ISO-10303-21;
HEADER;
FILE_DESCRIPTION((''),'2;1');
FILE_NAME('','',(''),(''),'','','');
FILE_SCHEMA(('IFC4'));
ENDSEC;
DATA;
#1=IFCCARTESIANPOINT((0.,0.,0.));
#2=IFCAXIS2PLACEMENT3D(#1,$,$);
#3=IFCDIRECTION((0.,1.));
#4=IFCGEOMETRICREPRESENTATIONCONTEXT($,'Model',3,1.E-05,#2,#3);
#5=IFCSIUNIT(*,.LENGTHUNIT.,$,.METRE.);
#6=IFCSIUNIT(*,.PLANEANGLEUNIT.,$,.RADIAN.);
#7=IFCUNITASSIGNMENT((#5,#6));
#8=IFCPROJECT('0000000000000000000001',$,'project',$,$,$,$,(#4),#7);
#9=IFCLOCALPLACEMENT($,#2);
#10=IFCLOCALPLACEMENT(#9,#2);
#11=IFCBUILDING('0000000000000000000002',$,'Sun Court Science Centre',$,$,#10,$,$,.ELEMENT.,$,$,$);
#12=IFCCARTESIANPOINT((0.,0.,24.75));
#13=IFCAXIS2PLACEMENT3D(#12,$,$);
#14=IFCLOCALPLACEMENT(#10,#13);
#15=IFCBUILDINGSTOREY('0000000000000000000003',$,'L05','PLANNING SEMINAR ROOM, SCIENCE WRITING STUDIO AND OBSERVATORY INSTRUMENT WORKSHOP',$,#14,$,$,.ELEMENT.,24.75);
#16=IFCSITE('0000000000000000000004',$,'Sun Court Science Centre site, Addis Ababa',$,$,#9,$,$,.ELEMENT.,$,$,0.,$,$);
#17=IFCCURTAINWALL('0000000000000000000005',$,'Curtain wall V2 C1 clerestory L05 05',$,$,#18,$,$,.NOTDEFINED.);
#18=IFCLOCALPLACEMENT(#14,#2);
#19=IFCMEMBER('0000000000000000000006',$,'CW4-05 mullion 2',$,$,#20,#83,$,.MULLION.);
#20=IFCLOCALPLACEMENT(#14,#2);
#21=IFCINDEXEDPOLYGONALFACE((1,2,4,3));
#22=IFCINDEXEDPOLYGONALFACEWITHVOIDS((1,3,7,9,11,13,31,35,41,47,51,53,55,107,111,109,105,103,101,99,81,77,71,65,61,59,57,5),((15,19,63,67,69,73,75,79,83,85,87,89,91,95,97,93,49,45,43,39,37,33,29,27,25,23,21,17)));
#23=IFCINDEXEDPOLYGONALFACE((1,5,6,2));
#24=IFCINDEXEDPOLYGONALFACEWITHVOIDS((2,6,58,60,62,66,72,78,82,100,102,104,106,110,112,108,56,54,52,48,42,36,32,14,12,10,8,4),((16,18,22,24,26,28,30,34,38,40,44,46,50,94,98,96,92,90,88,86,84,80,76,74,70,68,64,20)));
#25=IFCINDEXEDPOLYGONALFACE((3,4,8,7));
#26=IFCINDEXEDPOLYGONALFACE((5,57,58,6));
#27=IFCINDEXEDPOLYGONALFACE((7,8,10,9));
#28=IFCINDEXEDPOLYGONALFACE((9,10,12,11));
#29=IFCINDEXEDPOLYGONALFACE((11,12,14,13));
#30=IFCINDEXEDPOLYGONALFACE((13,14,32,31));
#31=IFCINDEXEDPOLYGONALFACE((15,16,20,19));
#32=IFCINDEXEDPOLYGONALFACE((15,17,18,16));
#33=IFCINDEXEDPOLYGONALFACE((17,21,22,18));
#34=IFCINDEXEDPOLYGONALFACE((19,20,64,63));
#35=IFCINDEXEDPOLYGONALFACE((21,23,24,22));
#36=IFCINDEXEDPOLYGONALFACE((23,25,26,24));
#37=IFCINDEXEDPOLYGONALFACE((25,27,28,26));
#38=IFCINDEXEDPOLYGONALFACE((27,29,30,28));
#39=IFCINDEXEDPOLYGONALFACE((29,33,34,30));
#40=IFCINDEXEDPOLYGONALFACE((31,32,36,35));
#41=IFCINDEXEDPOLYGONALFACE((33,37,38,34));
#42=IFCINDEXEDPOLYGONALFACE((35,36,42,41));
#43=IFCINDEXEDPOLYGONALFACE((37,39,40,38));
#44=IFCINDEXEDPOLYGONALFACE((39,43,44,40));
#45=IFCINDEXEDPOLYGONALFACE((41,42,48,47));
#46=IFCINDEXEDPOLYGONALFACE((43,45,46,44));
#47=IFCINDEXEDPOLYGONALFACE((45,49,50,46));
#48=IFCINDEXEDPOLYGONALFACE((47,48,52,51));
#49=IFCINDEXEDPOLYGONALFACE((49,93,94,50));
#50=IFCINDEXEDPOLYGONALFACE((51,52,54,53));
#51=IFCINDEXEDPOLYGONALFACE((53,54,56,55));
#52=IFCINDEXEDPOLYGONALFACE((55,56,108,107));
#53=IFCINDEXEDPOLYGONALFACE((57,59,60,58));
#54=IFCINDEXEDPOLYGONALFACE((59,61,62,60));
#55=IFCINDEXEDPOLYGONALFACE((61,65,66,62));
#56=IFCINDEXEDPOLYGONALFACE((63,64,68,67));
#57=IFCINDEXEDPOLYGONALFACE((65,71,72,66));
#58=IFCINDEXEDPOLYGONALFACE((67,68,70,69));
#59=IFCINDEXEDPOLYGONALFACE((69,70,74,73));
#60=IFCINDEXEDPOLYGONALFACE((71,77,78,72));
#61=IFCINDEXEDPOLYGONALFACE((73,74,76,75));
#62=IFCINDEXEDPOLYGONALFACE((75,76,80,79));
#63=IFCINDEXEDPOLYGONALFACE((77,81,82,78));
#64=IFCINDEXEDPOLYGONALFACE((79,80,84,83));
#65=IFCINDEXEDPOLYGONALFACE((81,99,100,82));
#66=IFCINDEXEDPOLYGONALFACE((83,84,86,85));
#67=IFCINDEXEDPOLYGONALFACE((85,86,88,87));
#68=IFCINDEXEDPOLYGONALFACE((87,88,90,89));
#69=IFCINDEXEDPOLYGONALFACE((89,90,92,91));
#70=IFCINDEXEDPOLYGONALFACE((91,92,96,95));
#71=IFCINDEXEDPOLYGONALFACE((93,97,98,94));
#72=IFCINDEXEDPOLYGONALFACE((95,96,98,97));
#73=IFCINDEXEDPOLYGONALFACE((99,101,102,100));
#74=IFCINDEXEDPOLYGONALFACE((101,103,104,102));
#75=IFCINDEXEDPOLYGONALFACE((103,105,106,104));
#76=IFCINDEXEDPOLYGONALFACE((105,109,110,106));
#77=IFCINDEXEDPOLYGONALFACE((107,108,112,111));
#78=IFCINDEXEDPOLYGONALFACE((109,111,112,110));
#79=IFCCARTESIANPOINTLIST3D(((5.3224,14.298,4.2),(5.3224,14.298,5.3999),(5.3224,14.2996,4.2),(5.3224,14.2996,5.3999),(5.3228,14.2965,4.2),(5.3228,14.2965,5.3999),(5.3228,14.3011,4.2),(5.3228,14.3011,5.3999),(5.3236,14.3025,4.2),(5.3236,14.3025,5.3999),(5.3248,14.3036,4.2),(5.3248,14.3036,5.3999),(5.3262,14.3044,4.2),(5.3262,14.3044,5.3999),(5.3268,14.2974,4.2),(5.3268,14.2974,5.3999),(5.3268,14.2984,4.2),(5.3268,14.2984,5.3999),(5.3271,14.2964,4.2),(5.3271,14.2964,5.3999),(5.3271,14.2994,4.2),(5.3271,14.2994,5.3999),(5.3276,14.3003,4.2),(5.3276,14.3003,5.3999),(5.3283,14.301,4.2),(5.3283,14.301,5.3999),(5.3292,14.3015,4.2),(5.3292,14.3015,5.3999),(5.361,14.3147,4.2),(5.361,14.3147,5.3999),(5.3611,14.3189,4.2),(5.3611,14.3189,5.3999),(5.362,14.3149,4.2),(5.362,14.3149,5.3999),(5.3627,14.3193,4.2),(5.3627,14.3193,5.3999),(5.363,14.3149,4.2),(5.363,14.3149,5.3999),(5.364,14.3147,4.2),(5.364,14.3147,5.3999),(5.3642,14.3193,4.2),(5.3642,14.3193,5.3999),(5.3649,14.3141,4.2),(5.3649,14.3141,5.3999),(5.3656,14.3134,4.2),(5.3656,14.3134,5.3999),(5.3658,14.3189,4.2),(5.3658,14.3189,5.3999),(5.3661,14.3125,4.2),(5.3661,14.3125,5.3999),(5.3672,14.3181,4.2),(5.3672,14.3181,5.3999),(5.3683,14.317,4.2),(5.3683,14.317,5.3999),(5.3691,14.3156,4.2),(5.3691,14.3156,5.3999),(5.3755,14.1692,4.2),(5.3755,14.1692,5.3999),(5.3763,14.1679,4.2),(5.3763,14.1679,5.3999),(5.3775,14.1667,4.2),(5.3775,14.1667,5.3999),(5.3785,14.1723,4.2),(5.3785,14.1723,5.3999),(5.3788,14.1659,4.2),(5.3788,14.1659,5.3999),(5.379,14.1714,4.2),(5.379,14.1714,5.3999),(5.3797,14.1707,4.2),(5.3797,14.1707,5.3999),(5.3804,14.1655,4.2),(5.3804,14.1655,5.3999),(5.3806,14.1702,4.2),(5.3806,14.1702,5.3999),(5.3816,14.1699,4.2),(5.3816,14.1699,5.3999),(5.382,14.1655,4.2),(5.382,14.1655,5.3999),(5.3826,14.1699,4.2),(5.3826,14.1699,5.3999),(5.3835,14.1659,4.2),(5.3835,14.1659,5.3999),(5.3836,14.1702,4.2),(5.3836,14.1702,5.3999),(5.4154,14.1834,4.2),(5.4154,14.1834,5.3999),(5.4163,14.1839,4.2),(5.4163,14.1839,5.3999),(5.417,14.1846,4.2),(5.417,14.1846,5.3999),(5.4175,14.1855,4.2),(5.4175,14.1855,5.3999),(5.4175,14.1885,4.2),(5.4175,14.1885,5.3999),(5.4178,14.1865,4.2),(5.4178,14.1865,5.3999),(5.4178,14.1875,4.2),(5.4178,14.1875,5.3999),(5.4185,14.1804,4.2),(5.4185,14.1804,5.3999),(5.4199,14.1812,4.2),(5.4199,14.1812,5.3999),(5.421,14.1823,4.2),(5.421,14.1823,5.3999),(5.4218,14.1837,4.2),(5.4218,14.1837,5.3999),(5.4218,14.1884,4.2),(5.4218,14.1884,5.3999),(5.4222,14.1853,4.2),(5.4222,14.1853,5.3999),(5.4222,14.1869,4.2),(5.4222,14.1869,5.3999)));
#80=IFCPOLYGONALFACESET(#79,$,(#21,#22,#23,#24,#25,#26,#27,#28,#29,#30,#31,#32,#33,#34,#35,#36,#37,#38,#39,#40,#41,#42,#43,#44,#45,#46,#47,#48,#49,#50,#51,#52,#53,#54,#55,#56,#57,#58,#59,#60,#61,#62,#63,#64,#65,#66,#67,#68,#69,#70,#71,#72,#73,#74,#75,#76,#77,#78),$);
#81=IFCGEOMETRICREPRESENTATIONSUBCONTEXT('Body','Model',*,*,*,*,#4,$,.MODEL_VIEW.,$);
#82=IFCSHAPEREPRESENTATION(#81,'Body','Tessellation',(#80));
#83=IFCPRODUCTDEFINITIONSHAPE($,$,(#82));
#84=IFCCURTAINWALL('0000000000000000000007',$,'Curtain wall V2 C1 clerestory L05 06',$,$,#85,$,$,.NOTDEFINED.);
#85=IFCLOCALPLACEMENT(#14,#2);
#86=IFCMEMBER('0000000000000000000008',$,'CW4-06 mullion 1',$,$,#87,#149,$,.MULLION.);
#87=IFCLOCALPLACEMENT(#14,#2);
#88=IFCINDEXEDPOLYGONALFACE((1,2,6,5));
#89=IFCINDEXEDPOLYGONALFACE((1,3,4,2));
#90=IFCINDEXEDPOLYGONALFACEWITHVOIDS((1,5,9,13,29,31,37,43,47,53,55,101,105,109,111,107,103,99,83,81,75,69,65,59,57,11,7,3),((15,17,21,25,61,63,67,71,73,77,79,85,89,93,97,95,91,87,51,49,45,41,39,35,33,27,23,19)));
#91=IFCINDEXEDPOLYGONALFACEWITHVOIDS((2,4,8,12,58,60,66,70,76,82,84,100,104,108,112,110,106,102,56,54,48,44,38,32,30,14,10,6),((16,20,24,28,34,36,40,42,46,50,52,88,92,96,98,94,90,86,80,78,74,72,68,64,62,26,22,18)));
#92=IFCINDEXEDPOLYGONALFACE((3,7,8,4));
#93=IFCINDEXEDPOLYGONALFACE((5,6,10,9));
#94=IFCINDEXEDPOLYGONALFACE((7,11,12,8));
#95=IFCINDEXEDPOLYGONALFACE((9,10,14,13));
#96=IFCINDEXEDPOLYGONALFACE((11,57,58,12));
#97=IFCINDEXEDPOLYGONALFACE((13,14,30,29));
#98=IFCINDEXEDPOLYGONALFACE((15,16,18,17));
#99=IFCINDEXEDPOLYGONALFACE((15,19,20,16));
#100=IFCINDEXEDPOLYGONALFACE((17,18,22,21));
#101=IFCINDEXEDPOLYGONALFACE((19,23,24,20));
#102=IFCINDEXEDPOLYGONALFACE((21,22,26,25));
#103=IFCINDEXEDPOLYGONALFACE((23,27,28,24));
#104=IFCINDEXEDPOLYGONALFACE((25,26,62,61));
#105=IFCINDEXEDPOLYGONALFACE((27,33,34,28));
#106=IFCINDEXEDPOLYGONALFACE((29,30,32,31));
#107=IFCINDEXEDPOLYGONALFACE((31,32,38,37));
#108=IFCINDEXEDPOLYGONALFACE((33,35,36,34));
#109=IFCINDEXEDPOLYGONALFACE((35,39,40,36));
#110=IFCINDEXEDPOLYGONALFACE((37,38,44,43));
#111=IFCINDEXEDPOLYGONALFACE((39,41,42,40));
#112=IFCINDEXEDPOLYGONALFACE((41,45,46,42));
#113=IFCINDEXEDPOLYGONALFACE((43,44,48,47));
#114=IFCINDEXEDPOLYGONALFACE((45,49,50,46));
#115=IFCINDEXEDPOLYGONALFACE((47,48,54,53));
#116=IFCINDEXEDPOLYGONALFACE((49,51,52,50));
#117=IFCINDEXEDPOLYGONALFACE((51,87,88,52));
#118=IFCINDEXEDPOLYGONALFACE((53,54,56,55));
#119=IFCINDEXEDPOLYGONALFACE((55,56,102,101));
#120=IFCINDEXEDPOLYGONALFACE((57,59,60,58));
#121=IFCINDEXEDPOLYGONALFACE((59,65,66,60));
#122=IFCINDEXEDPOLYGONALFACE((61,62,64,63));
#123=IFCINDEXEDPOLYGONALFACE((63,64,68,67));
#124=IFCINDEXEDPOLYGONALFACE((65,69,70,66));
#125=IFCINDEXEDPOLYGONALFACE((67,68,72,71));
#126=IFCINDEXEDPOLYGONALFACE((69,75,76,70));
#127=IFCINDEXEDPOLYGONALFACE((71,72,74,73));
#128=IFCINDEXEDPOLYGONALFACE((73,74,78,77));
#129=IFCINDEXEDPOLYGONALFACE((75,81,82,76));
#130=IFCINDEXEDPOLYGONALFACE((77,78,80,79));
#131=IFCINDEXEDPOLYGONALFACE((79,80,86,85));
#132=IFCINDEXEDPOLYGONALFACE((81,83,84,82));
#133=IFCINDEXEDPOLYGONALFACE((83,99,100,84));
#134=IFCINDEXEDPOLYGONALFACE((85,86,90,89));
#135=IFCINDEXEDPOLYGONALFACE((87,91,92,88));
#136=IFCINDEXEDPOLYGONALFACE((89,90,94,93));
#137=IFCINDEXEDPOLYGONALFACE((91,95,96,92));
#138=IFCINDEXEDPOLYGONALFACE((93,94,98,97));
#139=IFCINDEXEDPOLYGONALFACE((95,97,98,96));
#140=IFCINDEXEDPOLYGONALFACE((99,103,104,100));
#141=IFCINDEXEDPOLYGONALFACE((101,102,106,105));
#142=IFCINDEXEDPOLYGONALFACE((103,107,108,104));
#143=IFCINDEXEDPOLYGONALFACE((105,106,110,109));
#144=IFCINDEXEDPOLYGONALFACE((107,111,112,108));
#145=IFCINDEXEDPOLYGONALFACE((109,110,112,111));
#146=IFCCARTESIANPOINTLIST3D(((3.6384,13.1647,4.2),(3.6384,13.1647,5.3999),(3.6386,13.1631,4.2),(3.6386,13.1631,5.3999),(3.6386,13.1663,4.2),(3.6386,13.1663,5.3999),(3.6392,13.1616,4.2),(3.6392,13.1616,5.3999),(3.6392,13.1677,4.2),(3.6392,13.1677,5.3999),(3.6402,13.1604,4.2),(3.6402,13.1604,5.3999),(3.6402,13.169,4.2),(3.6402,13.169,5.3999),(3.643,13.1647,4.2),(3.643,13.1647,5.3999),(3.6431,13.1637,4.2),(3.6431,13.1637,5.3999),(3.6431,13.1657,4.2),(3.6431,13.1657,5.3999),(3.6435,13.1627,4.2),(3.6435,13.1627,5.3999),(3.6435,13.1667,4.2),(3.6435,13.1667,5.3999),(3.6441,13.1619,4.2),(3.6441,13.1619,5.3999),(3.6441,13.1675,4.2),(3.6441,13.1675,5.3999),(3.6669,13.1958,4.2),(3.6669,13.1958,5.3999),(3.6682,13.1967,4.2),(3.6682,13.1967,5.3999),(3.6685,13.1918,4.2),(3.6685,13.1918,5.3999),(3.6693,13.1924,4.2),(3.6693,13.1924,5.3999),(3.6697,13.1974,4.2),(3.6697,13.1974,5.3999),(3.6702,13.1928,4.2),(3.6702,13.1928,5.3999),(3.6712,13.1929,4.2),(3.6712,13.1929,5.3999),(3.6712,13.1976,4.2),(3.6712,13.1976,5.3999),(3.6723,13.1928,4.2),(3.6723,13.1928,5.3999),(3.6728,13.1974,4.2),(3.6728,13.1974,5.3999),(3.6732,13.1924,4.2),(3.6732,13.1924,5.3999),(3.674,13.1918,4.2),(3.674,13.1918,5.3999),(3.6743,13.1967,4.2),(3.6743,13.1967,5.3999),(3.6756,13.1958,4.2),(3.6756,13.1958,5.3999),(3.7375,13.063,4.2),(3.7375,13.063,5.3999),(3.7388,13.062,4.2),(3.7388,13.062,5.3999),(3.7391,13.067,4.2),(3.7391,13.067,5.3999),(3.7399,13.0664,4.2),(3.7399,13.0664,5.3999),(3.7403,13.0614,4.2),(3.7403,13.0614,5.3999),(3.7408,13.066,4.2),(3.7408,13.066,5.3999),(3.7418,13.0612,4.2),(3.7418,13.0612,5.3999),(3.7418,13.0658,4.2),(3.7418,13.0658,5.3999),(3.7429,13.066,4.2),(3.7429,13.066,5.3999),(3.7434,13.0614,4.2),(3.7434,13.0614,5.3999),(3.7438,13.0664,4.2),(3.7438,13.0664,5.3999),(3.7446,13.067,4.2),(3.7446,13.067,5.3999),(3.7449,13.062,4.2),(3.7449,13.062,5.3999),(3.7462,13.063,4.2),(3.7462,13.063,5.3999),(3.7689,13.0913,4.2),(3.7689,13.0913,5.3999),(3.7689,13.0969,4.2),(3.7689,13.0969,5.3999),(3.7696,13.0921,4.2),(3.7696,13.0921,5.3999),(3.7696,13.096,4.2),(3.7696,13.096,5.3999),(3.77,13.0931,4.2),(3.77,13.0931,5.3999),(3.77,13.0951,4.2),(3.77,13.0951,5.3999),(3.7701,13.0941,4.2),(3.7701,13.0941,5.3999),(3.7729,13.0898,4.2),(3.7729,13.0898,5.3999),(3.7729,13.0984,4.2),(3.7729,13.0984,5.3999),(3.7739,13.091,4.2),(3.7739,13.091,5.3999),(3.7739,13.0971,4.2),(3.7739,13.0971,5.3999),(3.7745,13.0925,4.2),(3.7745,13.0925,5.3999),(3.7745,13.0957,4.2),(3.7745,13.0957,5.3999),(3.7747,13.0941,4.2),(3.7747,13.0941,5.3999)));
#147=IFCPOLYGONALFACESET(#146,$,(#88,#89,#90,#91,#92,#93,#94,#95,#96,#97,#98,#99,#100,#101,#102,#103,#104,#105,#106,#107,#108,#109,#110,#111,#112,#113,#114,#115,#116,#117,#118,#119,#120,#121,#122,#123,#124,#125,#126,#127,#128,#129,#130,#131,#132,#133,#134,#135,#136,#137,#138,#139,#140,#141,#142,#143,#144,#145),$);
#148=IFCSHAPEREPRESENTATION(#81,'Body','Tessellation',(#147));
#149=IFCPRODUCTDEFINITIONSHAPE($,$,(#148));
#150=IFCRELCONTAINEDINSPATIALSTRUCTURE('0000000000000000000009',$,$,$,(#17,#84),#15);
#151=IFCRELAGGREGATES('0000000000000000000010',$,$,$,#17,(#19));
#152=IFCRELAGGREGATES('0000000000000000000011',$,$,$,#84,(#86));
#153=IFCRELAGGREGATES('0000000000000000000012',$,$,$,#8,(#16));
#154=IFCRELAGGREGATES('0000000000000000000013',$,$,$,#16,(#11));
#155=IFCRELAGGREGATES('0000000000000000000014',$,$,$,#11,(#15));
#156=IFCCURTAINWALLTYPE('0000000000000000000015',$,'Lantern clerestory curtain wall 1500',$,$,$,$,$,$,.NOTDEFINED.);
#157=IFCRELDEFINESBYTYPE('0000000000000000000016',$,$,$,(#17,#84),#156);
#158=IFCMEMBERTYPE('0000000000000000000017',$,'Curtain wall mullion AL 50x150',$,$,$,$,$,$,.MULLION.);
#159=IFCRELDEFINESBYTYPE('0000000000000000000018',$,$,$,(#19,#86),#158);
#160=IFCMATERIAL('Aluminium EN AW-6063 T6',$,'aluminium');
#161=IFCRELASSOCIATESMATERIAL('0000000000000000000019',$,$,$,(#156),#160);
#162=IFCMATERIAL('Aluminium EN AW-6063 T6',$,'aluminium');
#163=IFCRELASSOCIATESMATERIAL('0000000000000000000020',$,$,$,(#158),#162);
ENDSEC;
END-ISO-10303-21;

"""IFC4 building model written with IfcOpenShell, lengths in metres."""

from ifc_helpers import new_model, si_unit, direction, frame, origin, origin_2d, place, context, subcontext, project, spatial, hollow_rectangle, extrude, material, material_profile, profile_set, type_object, element, aggregate, save


model = new_model("IFC4")

# Units and contexts
model_context = context("Model", 3, precision=1e-05, world=origin(), true_north=direction((0.0, 1.0)))
body_context = subcontext(model_context, "Body", "Model", "MODEL_VIEW")
ifc_project = project(units=[si_unit("LENGTHUNIT", "METRE"), si_unit("PLANEANGLEUNIT", "RADIAN")], contexts=[model_context])

# Site, building, storey
site_placement = place(None, origin())
site = spatial("IfcSite", under=ifc_project, at=site_placement, Name="Sun Court Science Centre site, Addis Ababa", CompositionType="ELEMENT", RefElevation=0.0)
building_placement = place(site_placement, origin())
building = spatial("IfcBuilding", under=site, at=building_placement, Name="Sun Court Science Centre", CompositionType="ELEMENT")
storey_placement = place(building_placement, frame((0.0, 0.0, 24.75)))
storey = spatial("IfcBuildingStorey", under=building, at=storey_placement, Name="L05", Description="PLANNING SEMINAR ROOM, SCIENCE WRITING STUDIO AND OBSERVATORY INSTRUMENT WORKSHOP", CompositionType="ELEMENT", Elevation=24.75)

# Shared definitions
ifc_material_1 = material(Name="Aluminium EN AW-6063 T6", Category="aluminium")
curtain_wall_type = type_object("IfcCurtainWallType", Name="Lantern clerestory curtain wall 1500", PredefinedType="NOTDEFINED", material=ifc_material_1)
ifc_material_2 = material(Name="Aluminium EN AW-6063 T6", Category="aluminium")
ifc_material_profile_1 = material_profile(ifc_material_2, hollow_rectangle(XDim=0.05, YDim=0.1499, WallThickness=0.0039, InnerFilletRadius=0.0039, OuterFilletRadius=0.0061, at=origin_2d()), Name="AL 50x150x4")
ifc_profile_set_1 = profile_set([ifc_material_profile_1], Name="Aluminium EN AW-6063 T6")
member_type_1 = type_object("IfcMemberType", Name="Curtain wall mullion AL 50x150", PredefinedType="MULLION", material=ifc_profile_set_1)

# Curtain walls, members
curtain_wall_1_placement = place(storey_placement, origin())
curtain_wall_1 = element("IfcCurtainWall", 1, at=curtain_wall_1_placement, inside=storey, type_object=curtain_wall_type, Name="Curtain wall V2 C1 clerestory L05 05", PredefinedType="NOTDEFINED")
member_1_placement = place(storey_placement, frame((5.3723, 14.2424, 4.2), z_axis=(0.0, 0.0, 1.0), x_axis=(0.92388, 0.382683, 0.0)))
member_1 = element("IfcMember", 2, at=member_1_placement, type_object=member_type_1, Name="CW4-05 mullion 2", PredefinedType="MULLION", context=body_context, shape_type="SweptSolid", body=[
    extrude(hollow_rectangle(XDim=0.05, YDim=0.1499, WallThickness=0.0039, InnerFilletRadius=0.0039, OuterFilletRadius=0.0061, at=origin_2d()), origin(), (0.0, 0.0, 1.0), 1.2),
])
curtain_wall_2_placement = place(storey_placement, origin())
curtain_wall_2 = element("IfcCurtainWall", 3, at=curtain_wall_2_placement, inside=storey, type_object=curtain_wall_type, Name="Curtain wall V2 C1 clerestory L05 06", PredefinedType="NOTDEFINED")
member_2_placement = place(storey_placement, frame((3.7065, 13.1294, 4.2), z_axis=(0.0, 0.0, 1.0), x_axis=(0.707107, 0.707107, 0.0)))
member_2 = element("IfcMember", 4, at=member_2_placement, type_object=member_type_1, Name="CW4-06 mullion 1", PredefinedType="MULLION", context=body_context, shape_type="SweptSolid", body=[
    extrude(hollow_rectangle(XDim=0.05, YDim=0.1499, WallThickness=0.0039, InnerFilletRadius=0.0039, OuterFilletRadius=0.0061, at=origin_2d()), origin(), (0.0, 0.0, 1.0), 1.2),
])

aggregate(curtain_wall_1, [member_1])
aggregate(curtain_wall_2, [member_2])

save(model, "model.ifc")
